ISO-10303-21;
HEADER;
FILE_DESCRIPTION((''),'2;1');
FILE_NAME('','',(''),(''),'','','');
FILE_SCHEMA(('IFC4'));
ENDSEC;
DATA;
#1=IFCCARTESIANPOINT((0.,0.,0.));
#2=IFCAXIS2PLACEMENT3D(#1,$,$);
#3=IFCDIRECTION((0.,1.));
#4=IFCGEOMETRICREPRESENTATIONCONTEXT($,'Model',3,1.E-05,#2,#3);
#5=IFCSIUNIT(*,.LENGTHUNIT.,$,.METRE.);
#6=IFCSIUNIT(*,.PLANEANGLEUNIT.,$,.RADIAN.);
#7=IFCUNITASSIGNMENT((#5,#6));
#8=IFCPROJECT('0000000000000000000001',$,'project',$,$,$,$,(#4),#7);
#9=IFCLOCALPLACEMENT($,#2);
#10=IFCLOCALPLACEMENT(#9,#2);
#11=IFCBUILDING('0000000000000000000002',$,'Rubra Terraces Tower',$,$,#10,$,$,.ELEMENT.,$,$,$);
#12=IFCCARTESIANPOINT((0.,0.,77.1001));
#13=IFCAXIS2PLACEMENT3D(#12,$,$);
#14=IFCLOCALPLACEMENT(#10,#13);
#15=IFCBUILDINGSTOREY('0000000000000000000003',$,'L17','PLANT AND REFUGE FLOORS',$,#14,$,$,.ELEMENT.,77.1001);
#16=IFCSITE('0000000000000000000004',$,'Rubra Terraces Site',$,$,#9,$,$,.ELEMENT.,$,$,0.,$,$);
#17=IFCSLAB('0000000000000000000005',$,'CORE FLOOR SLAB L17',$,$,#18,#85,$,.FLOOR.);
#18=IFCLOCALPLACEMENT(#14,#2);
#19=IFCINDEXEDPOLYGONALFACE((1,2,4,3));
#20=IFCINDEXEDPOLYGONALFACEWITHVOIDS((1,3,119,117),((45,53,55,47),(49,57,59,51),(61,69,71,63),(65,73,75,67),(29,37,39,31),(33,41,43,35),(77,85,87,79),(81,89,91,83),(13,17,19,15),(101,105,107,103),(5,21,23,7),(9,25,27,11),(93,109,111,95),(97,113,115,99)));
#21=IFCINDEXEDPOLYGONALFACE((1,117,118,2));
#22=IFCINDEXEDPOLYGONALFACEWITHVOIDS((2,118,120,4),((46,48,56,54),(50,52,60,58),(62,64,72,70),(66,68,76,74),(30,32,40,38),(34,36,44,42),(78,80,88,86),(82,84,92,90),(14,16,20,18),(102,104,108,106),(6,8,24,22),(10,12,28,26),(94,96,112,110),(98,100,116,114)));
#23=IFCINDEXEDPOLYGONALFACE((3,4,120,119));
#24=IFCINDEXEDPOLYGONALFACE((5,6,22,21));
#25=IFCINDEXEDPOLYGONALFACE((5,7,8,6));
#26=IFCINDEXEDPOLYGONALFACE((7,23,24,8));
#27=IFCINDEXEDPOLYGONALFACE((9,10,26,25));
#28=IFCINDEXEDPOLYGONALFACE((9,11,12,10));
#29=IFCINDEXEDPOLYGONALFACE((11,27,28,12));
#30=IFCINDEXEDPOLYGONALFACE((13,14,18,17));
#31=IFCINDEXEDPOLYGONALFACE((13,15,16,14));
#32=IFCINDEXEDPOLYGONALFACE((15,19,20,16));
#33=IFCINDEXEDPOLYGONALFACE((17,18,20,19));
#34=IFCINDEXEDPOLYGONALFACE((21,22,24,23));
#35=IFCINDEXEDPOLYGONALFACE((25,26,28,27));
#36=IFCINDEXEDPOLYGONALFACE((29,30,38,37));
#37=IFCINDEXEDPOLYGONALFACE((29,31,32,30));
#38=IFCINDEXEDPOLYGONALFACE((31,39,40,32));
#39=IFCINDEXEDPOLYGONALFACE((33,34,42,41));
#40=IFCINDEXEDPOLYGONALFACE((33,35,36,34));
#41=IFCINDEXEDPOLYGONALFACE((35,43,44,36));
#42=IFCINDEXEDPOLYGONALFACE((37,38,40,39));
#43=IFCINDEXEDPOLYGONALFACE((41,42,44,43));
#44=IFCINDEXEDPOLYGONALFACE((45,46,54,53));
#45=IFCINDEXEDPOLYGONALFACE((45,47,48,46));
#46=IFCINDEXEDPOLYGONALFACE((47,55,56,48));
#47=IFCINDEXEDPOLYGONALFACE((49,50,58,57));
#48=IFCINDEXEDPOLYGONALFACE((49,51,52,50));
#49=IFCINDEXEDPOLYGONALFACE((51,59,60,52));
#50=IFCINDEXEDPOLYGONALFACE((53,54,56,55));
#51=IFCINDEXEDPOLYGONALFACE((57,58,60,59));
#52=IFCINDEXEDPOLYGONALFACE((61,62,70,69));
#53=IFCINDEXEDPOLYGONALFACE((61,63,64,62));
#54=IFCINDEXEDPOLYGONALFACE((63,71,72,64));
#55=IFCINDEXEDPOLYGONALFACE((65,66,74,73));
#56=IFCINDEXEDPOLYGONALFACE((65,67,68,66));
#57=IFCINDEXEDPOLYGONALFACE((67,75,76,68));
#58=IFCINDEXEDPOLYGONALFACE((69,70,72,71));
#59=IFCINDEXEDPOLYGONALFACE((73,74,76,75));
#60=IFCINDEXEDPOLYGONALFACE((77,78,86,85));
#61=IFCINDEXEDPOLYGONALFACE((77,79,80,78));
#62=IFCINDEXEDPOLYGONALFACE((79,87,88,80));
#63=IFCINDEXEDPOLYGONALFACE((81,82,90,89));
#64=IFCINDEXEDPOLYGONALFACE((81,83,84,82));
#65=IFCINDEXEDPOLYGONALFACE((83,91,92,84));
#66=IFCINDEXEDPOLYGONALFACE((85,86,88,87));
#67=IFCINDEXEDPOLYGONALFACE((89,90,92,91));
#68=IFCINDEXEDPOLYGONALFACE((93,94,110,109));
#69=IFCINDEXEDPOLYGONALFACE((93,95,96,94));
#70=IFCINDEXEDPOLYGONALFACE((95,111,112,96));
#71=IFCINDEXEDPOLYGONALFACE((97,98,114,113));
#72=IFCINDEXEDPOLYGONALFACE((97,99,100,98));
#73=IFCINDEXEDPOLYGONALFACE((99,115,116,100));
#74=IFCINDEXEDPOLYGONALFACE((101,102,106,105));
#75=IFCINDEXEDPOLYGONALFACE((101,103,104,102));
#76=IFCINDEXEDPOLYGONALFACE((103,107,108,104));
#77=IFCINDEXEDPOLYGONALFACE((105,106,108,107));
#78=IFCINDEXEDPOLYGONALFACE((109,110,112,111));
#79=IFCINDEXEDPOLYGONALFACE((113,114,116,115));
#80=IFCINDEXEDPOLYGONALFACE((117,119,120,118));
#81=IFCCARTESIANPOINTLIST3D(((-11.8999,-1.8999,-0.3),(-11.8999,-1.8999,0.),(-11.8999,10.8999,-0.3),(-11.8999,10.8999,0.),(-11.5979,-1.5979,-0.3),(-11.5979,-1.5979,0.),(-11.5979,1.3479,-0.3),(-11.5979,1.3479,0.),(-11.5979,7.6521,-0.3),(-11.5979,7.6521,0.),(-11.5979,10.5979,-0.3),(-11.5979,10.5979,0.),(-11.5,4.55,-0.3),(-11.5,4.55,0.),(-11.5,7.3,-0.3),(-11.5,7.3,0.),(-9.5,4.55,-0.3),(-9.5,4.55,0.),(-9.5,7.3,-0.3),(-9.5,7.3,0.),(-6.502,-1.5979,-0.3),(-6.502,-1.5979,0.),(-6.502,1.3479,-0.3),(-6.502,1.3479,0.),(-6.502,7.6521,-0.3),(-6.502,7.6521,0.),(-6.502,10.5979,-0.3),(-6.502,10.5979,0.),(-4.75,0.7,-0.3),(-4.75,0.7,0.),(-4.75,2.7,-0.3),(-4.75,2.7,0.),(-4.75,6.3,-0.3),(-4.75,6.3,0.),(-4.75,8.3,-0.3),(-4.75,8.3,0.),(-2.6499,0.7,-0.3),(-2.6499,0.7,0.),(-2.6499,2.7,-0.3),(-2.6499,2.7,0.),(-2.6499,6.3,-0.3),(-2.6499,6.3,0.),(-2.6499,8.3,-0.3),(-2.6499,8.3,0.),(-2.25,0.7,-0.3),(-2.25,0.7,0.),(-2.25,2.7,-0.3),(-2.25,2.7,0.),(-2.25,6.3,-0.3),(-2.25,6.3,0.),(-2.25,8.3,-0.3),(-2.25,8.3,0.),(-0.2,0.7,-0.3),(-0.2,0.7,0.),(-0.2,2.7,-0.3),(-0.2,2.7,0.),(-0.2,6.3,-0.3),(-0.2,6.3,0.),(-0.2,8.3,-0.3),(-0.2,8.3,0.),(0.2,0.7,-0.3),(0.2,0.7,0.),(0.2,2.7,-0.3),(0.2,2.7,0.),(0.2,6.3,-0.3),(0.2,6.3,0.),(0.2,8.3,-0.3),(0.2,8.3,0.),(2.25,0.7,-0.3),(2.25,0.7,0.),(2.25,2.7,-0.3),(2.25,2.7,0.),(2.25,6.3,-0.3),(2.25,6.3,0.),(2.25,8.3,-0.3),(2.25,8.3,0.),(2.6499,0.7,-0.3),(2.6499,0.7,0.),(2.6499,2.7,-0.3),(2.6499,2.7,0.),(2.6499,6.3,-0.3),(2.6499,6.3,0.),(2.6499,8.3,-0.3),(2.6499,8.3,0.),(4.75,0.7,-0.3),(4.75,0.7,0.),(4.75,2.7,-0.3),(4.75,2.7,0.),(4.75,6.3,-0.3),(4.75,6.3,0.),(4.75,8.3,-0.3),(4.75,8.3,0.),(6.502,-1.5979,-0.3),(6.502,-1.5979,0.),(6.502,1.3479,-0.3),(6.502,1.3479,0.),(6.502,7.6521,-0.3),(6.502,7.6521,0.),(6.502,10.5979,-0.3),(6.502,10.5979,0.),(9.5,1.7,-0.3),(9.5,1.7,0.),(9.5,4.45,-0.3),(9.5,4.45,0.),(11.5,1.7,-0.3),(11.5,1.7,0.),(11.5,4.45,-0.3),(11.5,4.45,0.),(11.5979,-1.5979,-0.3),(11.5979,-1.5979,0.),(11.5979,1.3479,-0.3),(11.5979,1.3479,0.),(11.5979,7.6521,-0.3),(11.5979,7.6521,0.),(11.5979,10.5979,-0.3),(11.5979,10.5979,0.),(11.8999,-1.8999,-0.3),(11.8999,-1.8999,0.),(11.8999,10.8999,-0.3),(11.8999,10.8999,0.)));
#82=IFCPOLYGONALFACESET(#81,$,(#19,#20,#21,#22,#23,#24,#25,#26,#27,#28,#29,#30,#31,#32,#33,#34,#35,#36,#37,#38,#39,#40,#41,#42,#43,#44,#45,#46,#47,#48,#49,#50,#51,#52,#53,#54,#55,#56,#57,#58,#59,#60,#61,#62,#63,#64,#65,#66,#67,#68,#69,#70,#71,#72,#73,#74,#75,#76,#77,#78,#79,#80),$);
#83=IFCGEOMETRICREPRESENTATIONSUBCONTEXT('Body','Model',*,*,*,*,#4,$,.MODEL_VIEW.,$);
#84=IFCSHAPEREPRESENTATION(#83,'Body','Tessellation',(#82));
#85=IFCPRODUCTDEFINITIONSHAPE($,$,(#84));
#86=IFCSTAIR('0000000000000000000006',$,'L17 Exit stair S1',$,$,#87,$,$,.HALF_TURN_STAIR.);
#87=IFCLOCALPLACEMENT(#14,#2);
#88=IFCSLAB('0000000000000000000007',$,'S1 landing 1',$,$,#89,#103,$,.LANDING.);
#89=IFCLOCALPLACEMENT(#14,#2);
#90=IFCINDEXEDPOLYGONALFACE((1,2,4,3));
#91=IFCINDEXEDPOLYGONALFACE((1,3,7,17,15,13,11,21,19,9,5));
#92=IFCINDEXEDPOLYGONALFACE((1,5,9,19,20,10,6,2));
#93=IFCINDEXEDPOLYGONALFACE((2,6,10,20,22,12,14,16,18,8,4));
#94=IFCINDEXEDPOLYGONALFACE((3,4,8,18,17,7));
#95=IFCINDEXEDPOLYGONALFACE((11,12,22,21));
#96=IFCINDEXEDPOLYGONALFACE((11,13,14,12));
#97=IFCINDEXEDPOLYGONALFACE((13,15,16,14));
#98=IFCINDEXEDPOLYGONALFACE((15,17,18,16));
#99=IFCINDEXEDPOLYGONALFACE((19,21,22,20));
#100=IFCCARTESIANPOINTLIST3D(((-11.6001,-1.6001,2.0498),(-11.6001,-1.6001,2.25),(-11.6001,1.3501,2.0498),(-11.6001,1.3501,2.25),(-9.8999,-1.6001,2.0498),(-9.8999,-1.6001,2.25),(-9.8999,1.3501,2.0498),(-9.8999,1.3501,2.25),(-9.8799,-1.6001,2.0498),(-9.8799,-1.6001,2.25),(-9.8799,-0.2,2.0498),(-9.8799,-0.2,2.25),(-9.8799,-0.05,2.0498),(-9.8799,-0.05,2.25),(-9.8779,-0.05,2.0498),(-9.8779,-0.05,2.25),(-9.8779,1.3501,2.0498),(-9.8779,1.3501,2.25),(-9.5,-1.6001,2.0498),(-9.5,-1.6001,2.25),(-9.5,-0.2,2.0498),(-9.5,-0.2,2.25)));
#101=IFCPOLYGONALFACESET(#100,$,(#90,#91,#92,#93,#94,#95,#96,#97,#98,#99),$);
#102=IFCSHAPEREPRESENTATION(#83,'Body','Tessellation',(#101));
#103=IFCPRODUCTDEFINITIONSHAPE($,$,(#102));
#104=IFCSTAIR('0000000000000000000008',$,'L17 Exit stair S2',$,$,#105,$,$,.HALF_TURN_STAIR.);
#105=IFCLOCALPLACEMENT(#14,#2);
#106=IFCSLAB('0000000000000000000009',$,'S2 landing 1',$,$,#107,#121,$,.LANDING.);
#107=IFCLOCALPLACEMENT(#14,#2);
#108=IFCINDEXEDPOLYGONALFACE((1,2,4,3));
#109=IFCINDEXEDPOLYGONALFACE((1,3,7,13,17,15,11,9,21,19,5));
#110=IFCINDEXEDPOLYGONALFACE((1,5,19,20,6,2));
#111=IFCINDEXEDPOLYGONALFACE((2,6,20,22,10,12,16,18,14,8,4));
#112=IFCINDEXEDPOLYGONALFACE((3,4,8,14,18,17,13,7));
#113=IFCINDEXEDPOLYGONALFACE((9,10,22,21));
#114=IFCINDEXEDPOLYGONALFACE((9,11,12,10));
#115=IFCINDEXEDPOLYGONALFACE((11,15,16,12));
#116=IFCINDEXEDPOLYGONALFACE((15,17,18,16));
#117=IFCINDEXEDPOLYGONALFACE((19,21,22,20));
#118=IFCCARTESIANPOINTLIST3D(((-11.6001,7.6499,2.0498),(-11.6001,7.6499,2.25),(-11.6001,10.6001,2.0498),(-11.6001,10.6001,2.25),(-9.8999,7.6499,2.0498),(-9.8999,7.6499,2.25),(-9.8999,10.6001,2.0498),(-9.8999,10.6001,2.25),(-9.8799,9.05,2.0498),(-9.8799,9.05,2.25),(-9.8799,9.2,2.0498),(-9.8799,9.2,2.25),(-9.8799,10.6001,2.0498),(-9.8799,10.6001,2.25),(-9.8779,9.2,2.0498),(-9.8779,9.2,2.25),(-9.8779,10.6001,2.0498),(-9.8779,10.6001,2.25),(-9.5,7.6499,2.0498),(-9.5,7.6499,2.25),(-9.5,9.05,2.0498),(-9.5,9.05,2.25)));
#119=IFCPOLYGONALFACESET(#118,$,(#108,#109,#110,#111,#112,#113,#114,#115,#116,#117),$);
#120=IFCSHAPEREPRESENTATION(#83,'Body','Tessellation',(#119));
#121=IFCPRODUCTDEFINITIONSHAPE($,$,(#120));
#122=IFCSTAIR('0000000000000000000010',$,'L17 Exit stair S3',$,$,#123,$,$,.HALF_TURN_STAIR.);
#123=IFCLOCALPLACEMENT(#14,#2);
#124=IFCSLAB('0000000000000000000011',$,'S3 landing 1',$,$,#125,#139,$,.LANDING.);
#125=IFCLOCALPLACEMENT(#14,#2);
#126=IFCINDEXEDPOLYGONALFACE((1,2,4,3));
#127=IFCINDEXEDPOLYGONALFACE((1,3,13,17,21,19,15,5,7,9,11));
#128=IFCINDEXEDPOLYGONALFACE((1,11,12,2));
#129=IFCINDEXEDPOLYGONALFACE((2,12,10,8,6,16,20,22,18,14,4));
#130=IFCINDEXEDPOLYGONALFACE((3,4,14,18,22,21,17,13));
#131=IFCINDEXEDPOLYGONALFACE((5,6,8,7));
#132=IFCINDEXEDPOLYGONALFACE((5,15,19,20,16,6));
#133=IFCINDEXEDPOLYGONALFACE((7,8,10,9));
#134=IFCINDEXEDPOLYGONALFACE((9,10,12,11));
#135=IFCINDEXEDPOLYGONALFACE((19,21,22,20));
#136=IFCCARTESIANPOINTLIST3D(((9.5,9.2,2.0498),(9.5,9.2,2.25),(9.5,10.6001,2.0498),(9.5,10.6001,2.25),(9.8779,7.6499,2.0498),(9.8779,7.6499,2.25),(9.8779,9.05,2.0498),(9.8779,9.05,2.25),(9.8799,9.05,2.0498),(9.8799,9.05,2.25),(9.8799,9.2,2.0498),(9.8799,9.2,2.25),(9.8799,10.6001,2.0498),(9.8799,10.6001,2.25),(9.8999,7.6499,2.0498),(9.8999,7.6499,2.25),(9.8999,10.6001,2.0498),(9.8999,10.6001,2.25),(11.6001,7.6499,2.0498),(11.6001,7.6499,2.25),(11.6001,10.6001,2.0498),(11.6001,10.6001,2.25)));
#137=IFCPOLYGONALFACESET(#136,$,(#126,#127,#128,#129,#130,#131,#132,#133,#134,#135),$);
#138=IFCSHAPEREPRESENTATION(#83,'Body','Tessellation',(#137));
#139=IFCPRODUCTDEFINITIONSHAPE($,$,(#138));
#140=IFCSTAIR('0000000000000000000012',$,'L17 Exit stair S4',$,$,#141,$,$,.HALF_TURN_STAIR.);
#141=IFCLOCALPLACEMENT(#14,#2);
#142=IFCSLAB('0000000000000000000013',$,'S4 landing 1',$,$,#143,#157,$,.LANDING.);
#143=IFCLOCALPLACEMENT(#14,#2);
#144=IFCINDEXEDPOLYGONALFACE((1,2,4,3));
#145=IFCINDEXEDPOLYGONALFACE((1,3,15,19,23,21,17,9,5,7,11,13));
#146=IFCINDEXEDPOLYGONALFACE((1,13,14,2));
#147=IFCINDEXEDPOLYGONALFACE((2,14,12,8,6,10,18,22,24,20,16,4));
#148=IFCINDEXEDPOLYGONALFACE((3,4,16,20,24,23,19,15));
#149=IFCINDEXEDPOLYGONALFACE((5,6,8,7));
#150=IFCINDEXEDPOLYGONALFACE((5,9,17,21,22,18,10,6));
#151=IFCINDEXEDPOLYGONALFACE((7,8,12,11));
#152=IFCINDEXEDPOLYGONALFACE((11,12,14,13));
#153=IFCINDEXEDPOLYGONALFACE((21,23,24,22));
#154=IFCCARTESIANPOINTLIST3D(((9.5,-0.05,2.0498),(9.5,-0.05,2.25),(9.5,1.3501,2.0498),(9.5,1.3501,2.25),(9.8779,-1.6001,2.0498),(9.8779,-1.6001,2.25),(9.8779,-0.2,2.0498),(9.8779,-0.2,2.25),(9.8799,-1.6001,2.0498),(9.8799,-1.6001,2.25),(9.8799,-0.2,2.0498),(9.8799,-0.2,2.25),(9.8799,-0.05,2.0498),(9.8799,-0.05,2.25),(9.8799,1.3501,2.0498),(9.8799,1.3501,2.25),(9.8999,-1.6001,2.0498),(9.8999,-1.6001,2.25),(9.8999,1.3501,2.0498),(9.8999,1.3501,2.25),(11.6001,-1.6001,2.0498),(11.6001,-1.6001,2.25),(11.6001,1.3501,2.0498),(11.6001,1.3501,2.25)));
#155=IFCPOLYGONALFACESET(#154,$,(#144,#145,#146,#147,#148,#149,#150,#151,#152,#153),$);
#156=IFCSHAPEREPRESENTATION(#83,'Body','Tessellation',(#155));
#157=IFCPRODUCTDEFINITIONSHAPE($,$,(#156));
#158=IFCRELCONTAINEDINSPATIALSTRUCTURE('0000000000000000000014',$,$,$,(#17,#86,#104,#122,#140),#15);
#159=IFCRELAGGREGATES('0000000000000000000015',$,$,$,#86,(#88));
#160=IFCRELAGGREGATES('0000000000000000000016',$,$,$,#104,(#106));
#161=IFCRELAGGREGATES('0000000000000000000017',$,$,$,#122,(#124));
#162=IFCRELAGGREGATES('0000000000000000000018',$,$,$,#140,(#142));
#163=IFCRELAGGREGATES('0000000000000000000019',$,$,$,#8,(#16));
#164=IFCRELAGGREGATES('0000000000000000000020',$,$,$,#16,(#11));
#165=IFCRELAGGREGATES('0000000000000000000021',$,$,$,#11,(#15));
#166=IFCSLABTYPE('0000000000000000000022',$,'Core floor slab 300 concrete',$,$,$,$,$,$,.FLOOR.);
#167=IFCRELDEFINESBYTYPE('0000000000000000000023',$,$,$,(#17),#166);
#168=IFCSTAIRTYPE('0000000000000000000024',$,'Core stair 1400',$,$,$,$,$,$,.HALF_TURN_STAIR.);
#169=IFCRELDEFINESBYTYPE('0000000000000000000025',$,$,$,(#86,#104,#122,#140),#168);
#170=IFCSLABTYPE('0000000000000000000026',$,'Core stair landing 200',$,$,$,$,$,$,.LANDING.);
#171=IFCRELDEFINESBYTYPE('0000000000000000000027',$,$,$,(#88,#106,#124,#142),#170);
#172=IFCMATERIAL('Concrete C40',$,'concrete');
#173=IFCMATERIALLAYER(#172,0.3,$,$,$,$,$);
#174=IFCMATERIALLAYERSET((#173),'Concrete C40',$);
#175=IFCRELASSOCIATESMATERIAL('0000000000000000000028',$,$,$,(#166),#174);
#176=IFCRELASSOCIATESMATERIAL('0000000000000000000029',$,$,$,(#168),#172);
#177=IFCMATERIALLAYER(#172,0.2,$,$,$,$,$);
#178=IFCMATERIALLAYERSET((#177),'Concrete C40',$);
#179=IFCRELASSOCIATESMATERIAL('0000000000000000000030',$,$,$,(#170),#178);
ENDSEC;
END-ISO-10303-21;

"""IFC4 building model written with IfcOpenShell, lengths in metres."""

from ifc_helpers import new_model, si_unit, direction, frame, origin, place, context, subcontext, project, spatial, polyline, outline, extrude, material, layer, layer_set, type_object, element, aggregate, save


model = new_model("IFC4")

# Units and contexts
model_context = context("Model", 3, precision=1e-05, world=origin(), true_north=direction((0.0, 1.0)))
body_context = subcontext(model_context, "Body", "Model", "MODEL_VIEW")
ifc_project = project(units=[si_unit("LENGTHUNIT", "METRE"), si_unit("PLANEANGLEUNIT", "RADIAN")], contexts=[model_context])

# Site, building, storey
site_placement = place(None, origin())
site = spatial("IfcSite", under=ifc_project, at=site_placement, Name="Rubra Terraces Site", CompositionType="ELEMENT", RefElevation=0.0)
building_placement = place(site_placement, origin())
building = spatial("IfcBuilding", under=site, at=building_placement, Name="Rubra Terraces Tower", CompositionType="ELEMENT")
storey_placement = place(building_placement, frame((0.0, 0.0, 77.1001)))
storey = spatial("IfcBuildingStorey", under=building, at=storey_placement, Name="L17", Description="PLANT AND REFUGE FLOORS", CompositionType="ELEMENT", Elevation=77.1001)

# Slab
ifc_material_1 = material(Name="Concrete C40", Category="concrete")
ifc_layer_1 = layer(ifc_material_1, 0.3)
ifc_layer_set_1 = layer_set([ifc_layer_1], Name="Concrete C40")
slab_type_1 = type_object("IfcSlabType", Name="Core floor slab 300 concrete", PredefinedType="FLOOR", material=ifc_layer_set_1)
slab_1_placement = place(storey_placement, frame((0.0, 0.0, -0.3)))
element("IfcSlab", 1, at=slab_1_placement, inside=storey, type_object=slab_type_1, Name="CORE FLOOR SLAB L17", PredefinedType="FLOOR", context=body_context, shape_type="SweptSolid", body=[
    extrude(outline(polyline([(-11.8999, -1.8999), (-11.8999, 10.8999), (11.8999, 10.8999), (11.8999, -1.8999), (-11.8999, -1.8999)]), holes=[polyline([(11.5979, 1.3479), (6.502, 1.3479), (6.502, -1.5979), (11.5979, -1.5979), (11.5979, 1.3479)]), polyline([(11.5979, 7.6521), (11.5979, 10.5979), (6.502, 10.5979), (6.502, 7.6521), (11.5979, 7.6521)]), polyline([(9.5, 1.7), (11.5, 1.7), (11.5, 4.45), (9.5, 4.45), (9.5, 1.7)]), polyline([(4.75, 0.7), (4.75, 2.7), (2.6499, 2.7), (2.6499, 0.7), (4.75, 0.7)]), polyline([(4.75, 6.3), (4.75, 8.3), (2.6499, 8.3), (2.6499, 6.3), (4.75, 6.3)]), polyline([(2.25, 0.7), (2.25, 2.7), (0.2, 2.7), (0.2, 0.7), (2.25, 0.7)]), polyline([(2.25, 6.3), (2.25, 8.3), (0.2, 8.3), (0.2, 6.3), (2.25, 6.3)]), polyline([(-0.2, 0.7), (-0.2, 2.7), (-2.25, 2.7), (-2.25, 0.7), (-0.2, 0.7)]), polyline([(-0.2, 6.3), (-0.2, 8.3), (-2.25, 8.3), (-2.25, 6.3), (-0.2, 6.3)]), polyline([(-2.6499, 0.7), (-2.6499, 2.7), (-4.75, 2.7), (-4.75, 0.7), (-2.6499, 0.7)]), polyline([(-2.6499, 8.3), (-4.75, 8.3), (-4.75, 6.3), (-2.6499, 6.3), (-2.6499, 8.3)]), polyline([(-11.5979, -1.5979), (-6.502, -1.5979), (-6.502, 1.3479), (-11.5979, 1.3479), (-11.5979, -1.5979)]), polyline([(-11.5979, 10.5979), (-11.5979, 7.6521), (-6.502, 7.6521), (-6.502, 10.5979), (-11.5979, 10.5979)]), polyline([(-9.5, 4.55), (-9.5, 7.3), (-11.5, 7.3), (-11.5, 4.55), (-9.5, 4.55)])]), origin(), (0.0, 0.0, 1.0), 0.3),
])

# Stairs, slabs
stair_type = type_object("IfcStairType", Name="Core stair 1400", PredefinedType="HALF_TURN_STAIR", material=ifc_material_1)
stair_1_placement = place(storey_placement, origin())
stair_1 = element("IfcStair", 2, at=stair_1_placement, inside=storey, type_object=stair_type, Name="L17 Exit stair S1", PredefinedType="HALF_TURN_STAIR")
ifc_layer_2 = layer(ifc_material_1, 0.2)
ifc_layer_set_2 = layer_set([ifc_layer_2], Name="Concrete C40")
slab_type_2 = type_object("IfcSlabType", Name="Core stair landing 200", PredefinedType="LANDING", material=ifc_layer_set_2)
slab_2_placement = place(storey_placement, frame((0.0, 0.0, 2.0498)))
slab_2 = element("IfcSlab", 3, at=slab_2_placement, type_object=slab_type_2, Name="S1 landing 1", PredefinedType="LANDING", context=body_context, shape_type="SweptSolid", body=[
    extrude(outline(polyline([(-9.5, -0.2), (-9.5, -1.6001), (-9.8799, -1.6001), (-9.8999, -1.6001), (-11.6001, -1.6001), (-11.6001, 1.3501), (-9.8999, 1.3501), (-9.8779, 1.3501), (-9.8779, -0.05), (-9.8799, -0.05), (-9.8799, -0.2), (-9.5, -0.2)])), origin(), (0.0, 0.0, 1.0), 0.2002),
])
aggregate(stair_1, [slab_2])
stair_2_placement = place(storey_placement, origin())
stair_2 = element("IfcStair", 4, at=stair_2_placement, inside=storey, type_object=stair_type, Name="L17 Exit stair S2", PredefinedType="HALF_TURN_STAIR")
slab_3_placement = place(storey_placement, frame((0.0, 0.0, 2.0498)))
slab_3 = element("IfcSlab", 5, at=slab_3_placement, type_object=slab_type_2, Name="S2 landing 1", PredefinedType="LANDING", context=body_context, shape_type="SweptSolid", body=[
    extrude(outline(polyline([(-9.5, 9.05), (-9.5, 7.6499), (-9.8999, 7.6499), (-11.6001, 7.6499), (-11.6001, 10.6001), (-9.8999, 10.6001), (-9.8799, 10.6001), (-9.8779, 10.6001), (-9.8779, 9.2), (-9.8799, 9.2), (-9.8799, 9.05), (-9.5, 9.05)])), origin(), (0.0, 0.0, 1.0), 0.2002),
])
aggregate(stair_2, [slab_3])
stair_3_placement = place(storey_placement, origin())
stair_3 = element("IfcStair", 6, at=stair_3_placement, inside=storey, type_object=stair_type, Name="L17 Exit stair S3", PredefinedType="HALF_TURN_STAIR")
slab_4_placement = place(storey_placement, frame((0.0, 0.0, 2.0498)))
slab_4 = element("IfcSlab", 7, at=slab_4_placement, type_object=slab_type_2, Name="S3 landing 1", PredefinedType="LANDING", context=body_context, shape_type="SweptSolid", body=[
    extrude(outline(polyline([(9.8799, 9.05), (9.8799, 9.2), (9.5, 9.2), (9.5, 10.6001), (9.8799, 10.6001), (9.8999, 10.6001), (11.6001, 10.6001), (11.6001, 7.6499), (9.8999, 7.6499), (9.8779, 7.6499), (9.8779, 9.05), (9.8799, 9.05)])), origin(), (0.0, 0.0, 1.0), 0.2002),
])
aggregate(stair_3, [slab_4])
stair_4_placement = place(storey_placement, origin())
stair_4 = element("IfcStair", 8, at=stair_4_placement, inside=storey, type_object=stair_type, Name="L17 Exit stair S4", PredefinedType="HALF_TURN_STAIR")
slab_5_placement = place(storey_placement, frame((0.0, 0.0, 2.0498)))
slab_5 = element("IfcSlab", 9, at=slab_5_placement, type_object=slab_type_2, Name="S4 landing 1", PredefinedType="LANDING", context=body_context, shape_type="SweptSolid", body=[
    extrude(outline(polyline([(9.8799, -0.2), (9.8799, -0.05), (9.5, -0.05), (9.5, 1.3501), (9.8799, 1.3501), (9.8999, 1.3501), (11.6001, 1.3501), (11.6001, -1.6001), (9.8999, -1.6001), (9.8799, -1.6001), (9.8779, -1.6001), (9.8779, -0.2), (9.8799, -0.2)])), origin(), (0.0, 0.0, 1.0), 0.2002),
])

aggregate(stair_4, [slab_5])

save(model, "model.ifc")
